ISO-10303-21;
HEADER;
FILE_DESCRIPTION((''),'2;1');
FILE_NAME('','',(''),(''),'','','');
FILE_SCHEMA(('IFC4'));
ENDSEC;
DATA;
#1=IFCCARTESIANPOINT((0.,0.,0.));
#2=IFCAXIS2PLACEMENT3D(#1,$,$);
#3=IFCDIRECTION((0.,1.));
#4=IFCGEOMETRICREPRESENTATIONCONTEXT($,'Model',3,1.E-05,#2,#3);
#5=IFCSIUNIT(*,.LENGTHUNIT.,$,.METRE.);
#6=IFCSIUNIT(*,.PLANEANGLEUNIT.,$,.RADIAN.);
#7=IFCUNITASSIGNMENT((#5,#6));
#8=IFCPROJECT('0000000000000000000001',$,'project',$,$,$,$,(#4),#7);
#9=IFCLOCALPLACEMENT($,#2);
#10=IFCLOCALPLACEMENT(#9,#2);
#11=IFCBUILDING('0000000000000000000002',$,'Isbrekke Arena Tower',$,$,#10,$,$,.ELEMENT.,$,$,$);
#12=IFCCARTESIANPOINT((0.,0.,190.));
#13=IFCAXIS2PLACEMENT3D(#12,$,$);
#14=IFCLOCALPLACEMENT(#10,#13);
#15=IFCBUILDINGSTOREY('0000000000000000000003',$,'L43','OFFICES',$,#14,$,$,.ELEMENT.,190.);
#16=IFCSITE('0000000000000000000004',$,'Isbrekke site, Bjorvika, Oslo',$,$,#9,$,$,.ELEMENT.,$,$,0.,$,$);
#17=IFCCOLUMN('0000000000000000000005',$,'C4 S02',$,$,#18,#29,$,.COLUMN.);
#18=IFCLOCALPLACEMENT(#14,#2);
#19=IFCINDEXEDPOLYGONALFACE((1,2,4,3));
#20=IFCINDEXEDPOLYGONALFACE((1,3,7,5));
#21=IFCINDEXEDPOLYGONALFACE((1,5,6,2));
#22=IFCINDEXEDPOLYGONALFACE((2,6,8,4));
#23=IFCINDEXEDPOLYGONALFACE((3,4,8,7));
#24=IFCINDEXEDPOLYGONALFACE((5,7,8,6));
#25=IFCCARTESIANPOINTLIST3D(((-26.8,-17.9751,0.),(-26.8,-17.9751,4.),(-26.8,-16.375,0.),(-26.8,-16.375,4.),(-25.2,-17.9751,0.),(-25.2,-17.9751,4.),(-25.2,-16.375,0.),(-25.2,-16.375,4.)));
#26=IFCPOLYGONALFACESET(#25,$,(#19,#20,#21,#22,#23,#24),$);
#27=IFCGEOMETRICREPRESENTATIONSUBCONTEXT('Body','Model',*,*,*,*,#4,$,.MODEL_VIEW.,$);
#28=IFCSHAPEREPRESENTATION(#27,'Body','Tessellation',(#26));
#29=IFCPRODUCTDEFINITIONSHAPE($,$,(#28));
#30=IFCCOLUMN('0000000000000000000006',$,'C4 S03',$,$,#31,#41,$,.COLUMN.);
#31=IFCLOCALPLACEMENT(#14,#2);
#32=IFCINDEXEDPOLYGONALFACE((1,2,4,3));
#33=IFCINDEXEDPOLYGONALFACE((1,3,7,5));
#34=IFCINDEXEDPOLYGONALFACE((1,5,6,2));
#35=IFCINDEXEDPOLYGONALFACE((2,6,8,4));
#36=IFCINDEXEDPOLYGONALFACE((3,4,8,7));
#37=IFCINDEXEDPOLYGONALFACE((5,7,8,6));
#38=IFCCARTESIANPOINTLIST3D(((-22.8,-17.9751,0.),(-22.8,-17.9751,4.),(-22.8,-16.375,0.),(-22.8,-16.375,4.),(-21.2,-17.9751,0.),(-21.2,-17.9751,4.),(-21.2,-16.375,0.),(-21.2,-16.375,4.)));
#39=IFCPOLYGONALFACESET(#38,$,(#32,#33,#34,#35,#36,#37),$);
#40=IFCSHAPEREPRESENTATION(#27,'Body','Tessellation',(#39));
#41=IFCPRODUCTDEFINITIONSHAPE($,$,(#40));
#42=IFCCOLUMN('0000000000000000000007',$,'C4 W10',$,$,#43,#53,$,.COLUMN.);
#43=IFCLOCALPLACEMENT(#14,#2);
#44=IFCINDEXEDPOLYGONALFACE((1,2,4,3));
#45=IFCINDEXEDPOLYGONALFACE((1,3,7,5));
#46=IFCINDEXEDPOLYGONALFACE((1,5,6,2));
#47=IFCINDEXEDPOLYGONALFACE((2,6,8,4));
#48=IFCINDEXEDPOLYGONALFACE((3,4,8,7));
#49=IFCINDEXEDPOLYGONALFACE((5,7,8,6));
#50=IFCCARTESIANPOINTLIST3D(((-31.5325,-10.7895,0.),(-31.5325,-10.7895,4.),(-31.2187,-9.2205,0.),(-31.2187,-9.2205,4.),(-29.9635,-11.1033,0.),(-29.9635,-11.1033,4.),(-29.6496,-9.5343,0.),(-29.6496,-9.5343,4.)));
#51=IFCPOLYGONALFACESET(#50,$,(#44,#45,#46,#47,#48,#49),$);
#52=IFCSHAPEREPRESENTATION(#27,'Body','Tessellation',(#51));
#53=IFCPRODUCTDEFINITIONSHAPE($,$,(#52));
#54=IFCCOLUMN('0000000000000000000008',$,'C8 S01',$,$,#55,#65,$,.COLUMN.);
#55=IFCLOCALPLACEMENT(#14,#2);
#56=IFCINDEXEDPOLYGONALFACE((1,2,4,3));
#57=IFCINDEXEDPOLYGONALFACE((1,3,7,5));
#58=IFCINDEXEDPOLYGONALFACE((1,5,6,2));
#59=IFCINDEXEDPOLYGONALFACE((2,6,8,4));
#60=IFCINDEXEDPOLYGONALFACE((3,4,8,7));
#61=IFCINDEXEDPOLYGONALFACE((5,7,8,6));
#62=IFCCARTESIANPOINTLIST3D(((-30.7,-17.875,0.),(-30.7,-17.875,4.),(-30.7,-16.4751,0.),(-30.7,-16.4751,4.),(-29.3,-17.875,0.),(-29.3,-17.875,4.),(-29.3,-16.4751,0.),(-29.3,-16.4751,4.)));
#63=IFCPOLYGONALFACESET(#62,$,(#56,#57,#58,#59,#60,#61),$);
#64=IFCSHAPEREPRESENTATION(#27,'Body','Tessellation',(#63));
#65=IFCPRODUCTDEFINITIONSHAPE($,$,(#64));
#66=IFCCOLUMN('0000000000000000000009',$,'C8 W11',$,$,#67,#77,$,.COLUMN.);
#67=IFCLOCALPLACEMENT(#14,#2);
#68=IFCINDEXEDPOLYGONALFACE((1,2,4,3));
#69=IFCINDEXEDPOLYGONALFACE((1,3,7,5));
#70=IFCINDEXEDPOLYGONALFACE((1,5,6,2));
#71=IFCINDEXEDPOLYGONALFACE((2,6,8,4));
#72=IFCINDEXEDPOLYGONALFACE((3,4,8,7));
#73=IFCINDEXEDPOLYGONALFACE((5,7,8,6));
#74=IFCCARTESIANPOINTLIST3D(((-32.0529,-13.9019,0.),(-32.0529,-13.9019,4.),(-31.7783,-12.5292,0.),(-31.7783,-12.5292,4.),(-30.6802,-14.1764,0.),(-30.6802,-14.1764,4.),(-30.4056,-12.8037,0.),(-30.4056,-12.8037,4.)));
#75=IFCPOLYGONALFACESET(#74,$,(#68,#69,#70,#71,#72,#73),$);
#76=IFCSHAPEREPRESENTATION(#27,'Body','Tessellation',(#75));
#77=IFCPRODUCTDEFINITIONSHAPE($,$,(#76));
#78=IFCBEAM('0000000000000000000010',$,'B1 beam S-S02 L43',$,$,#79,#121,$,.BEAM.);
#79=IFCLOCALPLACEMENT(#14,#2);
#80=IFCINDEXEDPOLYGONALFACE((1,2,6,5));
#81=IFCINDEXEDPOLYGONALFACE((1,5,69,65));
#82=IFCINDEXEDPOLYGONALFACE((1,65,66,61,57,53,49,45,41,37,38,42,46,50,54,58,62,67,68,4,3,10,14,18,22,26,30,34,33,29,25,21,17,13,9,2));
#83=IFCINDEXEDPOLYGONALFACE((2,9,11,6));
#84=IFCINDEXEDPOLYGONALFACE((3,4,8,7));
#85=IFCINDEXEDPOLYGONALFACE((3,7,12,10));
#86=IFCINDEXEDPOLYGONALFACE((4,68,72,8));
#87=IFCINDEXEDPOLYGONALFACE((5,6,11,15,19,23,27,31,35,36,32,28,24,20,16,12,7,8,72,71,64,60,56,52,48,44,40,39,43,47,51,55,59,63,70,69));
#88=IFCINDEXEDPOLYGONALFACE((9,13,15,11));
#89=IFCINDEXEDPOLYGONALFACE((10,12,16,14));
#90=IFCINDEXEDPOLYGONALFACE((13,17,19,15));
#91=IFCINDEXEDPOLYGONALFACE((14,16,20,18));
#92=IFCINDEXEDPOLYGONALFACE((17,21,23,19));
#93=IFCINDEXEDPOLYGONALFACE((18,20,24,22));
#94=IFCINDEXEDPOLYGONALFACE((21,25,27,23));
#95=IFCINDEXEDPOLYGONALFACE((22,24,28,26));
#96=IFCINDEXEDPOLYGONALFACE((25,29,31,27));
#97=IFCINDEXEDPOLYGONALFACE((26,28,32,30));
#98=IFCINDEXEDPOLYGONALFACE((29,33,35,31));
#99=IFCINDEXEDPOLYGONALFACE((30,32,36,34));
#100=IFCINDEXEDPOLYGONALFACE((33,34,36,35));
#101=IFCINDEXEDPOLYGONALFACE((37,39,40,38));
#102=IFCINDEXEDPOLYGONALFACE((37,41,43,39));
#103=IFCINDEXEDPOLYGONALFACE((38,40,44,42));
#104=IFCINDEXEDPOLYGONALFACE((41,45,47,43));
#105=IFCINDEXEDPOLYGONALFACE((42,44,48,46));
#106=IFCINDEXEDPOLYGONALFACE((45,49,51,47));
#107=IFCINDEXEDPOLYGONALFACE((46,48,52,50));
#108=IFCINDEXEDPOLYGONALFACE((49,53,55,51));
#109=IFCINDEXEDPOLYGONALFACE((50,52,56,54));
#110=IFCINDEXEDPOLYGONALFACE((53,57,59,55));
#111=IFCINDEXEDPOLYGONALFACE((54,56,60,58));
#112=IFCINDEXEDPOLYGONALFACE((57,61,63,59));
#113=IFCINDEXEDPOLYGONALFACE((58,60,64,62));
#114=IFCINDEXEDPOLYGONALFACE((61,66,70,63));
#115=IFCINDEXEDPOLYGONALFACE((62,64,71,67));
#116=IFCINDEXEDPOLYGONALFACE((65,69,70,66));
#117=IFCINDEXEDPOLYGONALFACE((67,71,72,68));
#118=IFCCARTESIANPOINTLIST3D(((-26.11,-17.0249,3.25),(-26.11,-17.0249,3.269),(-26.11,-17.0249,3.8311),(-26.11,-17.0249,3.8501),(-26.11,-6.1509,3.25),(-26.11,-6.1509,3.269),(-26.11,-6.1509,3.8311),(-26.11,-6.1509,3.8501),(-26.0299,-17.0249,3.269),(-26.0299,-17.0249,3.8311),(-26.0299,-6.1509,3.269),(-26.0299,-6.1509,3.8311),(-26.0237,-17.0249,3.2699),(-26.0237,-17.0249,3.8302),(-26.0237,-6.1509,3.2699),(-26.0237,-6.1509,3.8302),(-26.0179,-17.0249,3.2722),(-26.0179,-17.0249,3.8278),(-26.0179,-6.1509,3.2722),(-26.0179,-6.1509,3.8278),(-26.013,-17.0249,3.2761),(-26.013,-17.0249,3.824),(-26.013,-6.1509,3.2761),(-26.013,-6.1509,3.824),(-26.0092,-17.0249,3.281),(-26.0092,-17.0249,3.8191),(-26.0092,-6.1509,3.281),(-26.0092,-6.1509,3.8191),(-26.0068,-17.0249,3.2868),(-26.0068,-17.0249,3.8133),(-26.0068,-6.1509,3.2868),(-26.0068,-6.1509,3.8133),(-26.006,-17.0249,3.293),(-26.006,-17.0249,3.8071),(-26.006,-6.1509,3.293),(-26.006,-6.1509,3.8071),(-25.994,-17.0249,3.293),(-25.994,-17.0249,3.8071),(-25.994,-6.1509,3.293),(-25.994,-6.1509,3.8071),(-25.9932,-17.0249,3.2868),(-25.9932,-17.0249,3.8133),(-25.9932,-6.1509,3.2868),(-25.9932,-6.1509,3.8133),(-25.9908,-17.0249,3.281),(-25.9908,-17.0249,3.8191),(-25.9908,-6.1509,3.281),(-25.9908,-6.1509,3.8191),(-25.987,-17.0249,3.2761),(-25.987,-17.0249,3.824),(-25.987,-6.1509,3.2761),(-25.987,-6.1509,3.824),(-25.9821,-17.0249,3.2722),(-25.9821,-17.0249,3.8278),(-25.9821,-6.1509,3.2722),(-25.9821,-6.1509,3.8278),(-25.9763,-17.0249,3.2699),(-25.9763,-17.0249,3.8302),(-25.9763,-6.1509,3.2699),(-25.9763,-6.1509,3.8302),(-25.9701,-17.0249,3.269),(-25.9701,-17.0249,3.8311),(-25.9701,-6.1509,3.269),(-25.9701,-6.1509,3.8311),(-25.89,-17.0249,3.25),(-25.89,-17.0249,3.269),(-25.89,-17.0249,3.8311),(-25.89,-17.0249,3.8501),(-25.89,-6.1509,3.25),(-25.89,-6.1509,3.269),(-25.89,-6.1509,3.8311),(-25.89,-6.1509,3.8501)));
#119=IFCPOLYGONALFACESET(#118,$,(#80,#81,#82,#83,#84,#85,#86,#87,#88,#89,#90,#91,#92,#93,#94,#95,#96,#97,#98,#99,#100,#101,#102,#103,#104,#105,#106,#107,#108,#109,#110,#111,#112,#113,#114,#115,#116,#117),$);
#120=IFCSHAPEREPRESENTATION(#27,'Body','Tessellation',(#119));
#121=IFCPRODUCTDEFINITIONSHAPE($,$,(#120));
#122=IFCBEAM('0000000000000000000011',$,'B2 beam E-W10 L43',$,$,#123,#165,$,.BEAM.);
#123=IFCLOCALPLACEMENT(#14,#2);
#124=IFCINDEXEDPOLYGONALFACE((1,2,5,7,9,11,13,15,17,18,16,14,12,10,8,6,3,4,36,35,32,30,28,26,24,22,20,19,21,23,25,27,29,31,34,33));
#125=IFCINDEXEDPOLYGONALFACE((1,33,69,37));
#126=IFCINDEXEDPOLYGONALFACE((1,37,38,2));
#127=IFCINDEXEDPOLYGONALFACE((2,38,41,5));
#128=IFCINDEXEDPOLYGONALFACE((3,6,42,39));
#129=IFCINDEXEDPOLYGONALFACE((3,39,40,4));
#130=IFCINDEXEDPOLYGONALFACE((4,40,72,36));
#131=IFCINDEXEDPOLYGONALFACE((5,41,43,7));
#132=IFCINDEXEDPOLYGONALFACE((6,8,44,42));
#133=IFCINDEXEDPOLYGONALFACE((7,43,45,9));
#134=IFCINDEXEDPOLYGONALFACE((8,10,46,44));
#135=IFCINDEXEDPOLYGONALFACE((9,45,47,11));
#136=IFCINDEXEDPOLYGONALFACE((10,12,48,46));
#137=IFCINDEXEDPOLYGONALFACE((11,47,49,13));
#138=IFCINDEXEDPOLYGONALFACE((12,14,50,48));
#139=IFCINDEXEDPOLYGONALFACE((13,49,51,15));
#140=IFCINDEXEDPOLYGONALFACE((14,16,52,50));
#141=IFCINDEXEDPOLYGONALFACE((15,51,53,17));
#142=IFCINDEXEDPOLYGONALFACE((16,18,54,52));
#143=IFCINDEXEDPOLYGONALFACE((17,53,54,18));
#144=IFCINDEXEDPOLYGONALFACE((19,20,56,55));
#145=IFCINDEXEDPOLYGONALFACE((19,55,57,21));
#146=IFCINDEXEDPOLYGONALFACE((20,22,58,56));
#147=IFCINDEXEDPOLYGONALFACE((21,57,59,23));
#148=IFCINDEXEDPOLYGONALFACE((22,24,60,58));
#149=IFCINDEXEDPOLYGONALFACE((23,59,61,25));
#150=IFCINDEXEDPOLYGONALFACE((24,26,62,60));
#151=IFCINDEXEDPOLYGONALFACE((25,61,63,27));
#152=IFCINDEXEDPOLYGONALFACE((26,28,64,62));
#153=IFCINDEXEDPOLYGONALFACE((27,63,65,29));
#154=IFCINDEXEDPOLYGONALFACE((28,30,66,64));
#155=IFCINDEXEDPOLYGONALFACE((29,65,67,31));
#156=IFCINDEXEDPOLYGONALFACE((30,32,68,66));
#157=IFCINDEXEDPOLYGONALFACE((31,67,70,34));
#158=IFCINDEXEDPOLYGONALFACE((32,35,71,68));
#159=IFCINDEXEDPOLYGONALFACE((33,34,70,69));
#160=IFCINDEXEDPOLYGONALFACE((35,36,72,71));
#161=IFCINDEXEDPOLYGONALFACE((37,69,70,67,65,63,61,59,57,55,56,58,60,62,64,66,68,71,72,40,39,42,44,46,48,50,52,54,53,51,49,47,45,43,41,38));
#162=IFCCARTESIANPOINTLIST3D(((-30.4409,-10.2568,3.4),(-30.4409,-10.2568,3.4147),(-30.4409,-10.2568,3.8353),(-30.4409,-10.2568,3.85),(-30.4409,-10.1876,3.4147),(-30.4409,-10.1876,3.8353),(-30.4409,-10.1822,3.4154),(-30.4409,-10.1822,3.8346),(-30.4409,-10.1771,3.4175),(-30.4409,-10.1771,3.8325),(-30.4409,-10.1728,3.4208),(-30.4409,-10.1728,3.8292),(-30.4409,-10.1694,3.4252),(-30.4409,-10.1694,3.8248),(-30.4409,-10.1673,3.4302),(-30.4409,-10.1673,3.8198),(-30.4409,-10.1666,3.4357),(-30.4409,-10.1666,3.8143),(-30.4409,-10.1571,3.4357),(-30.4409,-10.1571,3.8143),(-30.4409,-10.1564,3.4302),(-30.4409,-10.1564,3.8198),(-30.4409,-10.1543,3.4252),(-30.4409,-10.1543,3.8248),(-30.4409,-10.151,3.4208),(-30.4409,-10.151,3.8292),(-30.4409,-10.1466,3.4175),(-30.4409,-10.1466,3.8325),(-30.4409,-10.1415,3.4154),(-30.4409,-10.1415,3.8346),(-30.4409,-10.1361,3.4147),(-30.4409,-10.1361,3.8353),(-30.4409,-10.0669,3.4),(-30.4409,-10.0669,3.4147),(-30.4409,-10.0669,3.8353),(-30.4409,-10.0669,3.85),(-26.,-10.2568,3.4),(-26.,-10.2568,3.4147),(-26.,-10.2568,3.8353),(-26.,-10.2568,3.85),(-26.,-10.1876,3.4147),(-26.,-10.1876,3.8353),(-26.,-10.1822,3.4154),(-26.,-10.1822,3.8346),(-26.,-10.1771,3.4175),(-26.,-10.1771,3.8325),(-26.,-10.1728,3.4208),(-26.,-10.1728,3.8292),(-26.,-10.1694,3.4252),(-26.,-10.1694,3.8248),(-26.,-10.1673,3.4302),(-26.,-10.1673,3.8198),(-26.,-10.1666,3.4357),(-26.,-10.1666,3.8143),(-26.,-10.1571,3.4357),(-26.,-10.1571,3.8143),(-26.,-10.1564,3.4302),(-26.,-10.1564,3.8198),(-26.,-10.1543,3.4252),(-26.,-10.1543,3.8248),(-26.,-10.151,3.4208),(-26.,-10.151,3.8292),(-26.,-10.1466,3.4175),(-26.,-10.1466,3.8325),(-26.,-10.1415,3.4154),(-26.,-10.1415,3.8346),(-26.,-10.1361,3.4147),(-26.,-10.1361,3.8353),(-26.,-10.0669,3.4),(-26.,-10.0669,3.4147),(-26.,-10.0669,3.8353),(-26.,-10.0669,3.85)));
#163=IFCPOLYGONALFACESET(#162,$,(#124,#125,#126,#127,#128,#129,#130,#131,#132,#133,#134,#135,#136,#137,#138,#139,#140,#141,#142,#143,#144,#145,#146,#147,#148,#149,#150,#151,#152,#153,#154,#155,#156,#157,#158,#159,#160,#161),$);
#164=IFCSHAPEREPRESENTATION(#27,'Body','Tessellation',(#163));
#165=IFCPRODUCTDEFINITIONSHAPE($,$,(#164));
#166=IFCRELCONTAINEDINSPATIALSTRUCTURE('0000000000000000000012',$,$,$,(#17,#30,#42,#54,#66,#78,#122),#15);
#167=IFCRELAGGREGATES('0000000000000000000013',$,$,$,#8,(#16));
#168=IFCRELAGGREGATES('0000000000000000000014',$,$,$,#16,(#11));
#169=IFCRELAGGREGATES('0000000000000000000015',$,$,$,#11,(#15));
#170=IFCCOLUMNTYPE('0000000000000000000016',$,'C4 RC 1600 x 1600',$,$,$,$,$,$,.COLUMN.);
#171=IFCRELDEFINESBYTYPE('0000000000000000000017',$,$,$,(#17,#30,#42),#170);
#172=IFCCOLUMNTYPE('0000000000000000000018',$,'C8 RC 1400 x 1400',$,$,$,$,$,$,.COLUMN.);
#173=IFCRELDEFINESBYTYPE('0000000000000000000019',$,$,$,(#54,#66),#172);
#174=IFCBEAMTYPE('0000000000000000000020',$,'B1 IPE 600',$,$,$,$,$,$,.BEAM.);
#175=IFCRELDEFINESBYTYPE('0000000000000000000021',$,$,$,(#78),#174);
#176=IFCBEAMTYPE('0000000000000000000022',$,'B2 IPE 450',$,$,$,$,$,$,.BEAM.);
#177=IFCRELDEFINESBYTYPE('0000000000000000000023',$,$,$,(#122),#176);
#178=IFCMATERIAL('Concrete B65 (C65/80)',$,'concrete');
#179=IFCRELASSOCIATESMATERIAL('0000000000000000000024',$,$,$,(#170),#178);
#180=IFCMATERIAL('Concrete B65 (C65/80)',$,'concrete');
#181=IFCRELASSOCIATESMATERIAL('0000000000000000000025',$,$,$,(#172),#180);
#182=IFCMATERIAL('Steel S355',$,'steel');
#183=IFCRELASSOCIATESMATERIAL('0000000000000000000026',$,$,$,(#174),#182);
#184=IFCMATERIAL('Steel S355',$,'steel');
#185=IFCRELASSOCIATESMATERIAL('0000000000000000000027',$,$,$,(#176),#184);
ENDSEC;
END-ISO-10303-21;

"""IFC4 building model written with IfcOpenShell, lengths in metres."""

from ifc_helpers import new_model, si_unit, direction, frame, origin, origin_2d, place, context, subcontext, project, spatial, rectangle, i_section, extrude, material, material_profile, profile_set, type_object, element, save


model = new_model("IFC4")

# Units and contexts
model_context = context("Model", 3, precision=1e-05, world=origin(), true_north=direction((0.0, 1.0)))
body_context = subcontext(model_context, "Body", "Model", "MODEL_VIEW")
ifc_project = project(units=[si_unit("LENGTHUNIT", "METRE"), si_unit("PLANEANGLEUNIT", "RADIAN")], contexts=[model_context])

# Site, building, storey
site_placement = place(None, origin())
site = spatial("IfcSite", under=ifc_project, at=site_placement, Name="Isbrekke site, Bjorvika, Oslo", CompositionType="ELEMENT", RefElevation=0.0)
building_placement = place(site_placement, origin())
building = spatial("IfcBuilding", under=site, at=building_placement, Name="Isbrekke Arena Tower", CompositionType="ELEMENT")
storey_placement = place(building_placement, frame((0.0, 0.0, 190.0)))
storey = spatial("IfcBuildingStorey", under=building, at=storey_placement, Name="L43", Description="OFFICES", CompositionType="ELEMENT", Elevation=190.0)

# Columns
ifc_material_1 = material(Name="Concrete B65 (C65/80)", Category="concrete")
ifc_material_profile_1 = material_profile(ifc_material_1, rectangle(XDim=1.6001, YDim=1.6001, at=origin_2d()), Name="RC 1600x1600")
ifc_profile_set_1 = profile_set([ifc_material_profile_1], Name="Concrete B65 (C65/80)")
column_type_1 = type_object("IfcColumnType", Name="C4 RC 1600 x 1600", PredefinedType="COLUMN", material=ifc_profile_set_1)
for number, where, z_axis, x_axis, name in (
    (1, (-26.0, -17.175, 0.0), (0.0, 0.0, 1.0), (1.0, 0.0, 0.0), "C4 S02"),
    (2, (-22.0, -17.175, 0.0), (0.0, 0.0, 1.0), (1.0, 0.0, 0.0), "C4 S03"),
    (3, (-30.5911, -10.1619, 0.0), (0.0, 0.0, 1.0), (-0.196116, -0.980581, 0.0), "C4 W10"),
):
    element("IfcColumn", number, at=place(storey_placement, frame(where, z_axis=z_axis, x_axis=x_axis)), inside=storey, type_object=column_type_1, Name=name, PredefinedType="COLUMN", context=body_context, shape_type="SweptSolid", body=[
        extrude(rectangle(XDim=1.6001, YDim=1.6001, at=origin_2d()), origin(), (0.0, 0.0, 1.0), 4.0),
    ])
ifc_material_2 = material(Name="Concrete B65 (C65/80)", Category="concrete")
ifc_material_profile_2 = material_profile(ifc_material_2, rectangle(XDim=1.3999, YDim=1.3999, at=origin_2d()), Name="RC 1400x1400")
ifc_profile_set_2 = profile_set([ifc_material_profile_2], Name="Concrete B65 (C65/80)")
column_type_2 = type_object("IfcColumnType", Name="C8 RC 1400 x 1400", PredefinedType="COLUMN", material=ifc_profile_set_2)
for number, where, z_axis, x_axis, name in (
    (4, (-30.0, -17.175, 0.0), (0.0, 0.0, 1.0), (1.0, 0.0, 0.0), "C8 S01"),
    (5, (-31.2292, -13.3528, 0.0), (0.0, 0.0, 1.0), (-0.196116, -0.980581, 0.0), "C8 W11"),
):
    element("IfcColumn", number, at=place(storey_placement, frame(where, z_axis=z_axis, x_axis=x_axis)), inside=storey, type_object=column_type_2, Name=name, PredefinedType="COLUMN", context=body_context, shape_type="SweptSolid", body=[
        extrude(rectangle(XDim=1.3999, YDim=1.3999, at=origin_2d()), origin(), (0.0, 0.0, 1.0), 4.0),
    ])

# Beams
ifc_material_3 = material(Name="Steel S355", Category="steel")
ifc_material_profile_3 = material_profile(ifc_material_3, i_section(OverallWidth=0.22, OverallDepth=0.6001, WebThickness=0.012, FlangeThickness=0.019, FilletRadius=0.0239, at=origin_2d()), Name="IPE 600")
ifc_profile_set_3 = profile_set([ifc_material_profile_3], Name="Steel S355")
beam_type_1 = type_object("IfcBeamType", Name="B1 IPE 600", PredefinedType="BEAM", material=ifc_profile_set_3)
beam_1_placement = place(storey_placement, frame((-26.0, -17.0249, 3.55), z_axis=(0.0, 1.0, 0.0), x_axis=(-1.0, 0.0, 0.0)))
element("IfcBeam", 6, at=beam_1_placement, inside=storey, type_object=beam_type_1, Name="B1 beam S-S02 L43", PredefinedType="BEAM", context=body_context, shape_type="SweptSolid", body=[
    extrude(i_section(OverallWidth=0.22, OverallDepth=0.6001, WebThickness=0.012, FlangeThickness=0.019, FilletRadius=0.0239, at=origin_2d()), origin(), (0.0, 0.0, 1.0), 10.874),
])
ifc_material_4 = material(Name="Steel S355", Category="steel")
ifc_material_profile_4 = material_profile(ifc_material_4, i_section(OverallWidth=0.1899, OverallDepth=0.45, WebThickness=0.0095, FlangeThickness=0.0146, FilletRadius=0.021, at=origin_2d()), Name="IPE 450")
ifc_profile_set_4 = profile_set([ifc_material_profile_4], Name="Steel S355")
beam_type_2 = type_object("IfcBeamType", Name="B2 IPE 450", PredefinedType="BEAM", material=ifc_profile_set_4)
beam_2_placement = place(storey_placement, frame((-30.4409, -10.1619, 3.625), z_axis=(1.0, 0.0, 0.0), x_axis=(0.0, 1.0, 0.0)))
element("IfcBeam", 7, at=beam_2_placement, inside=storey, type_object=beam_type_2, Name="B2 beam E-W10 L43", PredefinedType="BEAM", context=body_context, shape_type="SweptSolid", body=[
    extrude(i_section(OverallWidth=0.1899, OverallDepth=0.45, WebThickness=0.0095, FlangeThickness=0.0146, FilletRadius=0.021, at=origin_2d()), origin(), (0.0, 0.0, 1.0), 4.4409),
])

save(model, "model.ifc")
